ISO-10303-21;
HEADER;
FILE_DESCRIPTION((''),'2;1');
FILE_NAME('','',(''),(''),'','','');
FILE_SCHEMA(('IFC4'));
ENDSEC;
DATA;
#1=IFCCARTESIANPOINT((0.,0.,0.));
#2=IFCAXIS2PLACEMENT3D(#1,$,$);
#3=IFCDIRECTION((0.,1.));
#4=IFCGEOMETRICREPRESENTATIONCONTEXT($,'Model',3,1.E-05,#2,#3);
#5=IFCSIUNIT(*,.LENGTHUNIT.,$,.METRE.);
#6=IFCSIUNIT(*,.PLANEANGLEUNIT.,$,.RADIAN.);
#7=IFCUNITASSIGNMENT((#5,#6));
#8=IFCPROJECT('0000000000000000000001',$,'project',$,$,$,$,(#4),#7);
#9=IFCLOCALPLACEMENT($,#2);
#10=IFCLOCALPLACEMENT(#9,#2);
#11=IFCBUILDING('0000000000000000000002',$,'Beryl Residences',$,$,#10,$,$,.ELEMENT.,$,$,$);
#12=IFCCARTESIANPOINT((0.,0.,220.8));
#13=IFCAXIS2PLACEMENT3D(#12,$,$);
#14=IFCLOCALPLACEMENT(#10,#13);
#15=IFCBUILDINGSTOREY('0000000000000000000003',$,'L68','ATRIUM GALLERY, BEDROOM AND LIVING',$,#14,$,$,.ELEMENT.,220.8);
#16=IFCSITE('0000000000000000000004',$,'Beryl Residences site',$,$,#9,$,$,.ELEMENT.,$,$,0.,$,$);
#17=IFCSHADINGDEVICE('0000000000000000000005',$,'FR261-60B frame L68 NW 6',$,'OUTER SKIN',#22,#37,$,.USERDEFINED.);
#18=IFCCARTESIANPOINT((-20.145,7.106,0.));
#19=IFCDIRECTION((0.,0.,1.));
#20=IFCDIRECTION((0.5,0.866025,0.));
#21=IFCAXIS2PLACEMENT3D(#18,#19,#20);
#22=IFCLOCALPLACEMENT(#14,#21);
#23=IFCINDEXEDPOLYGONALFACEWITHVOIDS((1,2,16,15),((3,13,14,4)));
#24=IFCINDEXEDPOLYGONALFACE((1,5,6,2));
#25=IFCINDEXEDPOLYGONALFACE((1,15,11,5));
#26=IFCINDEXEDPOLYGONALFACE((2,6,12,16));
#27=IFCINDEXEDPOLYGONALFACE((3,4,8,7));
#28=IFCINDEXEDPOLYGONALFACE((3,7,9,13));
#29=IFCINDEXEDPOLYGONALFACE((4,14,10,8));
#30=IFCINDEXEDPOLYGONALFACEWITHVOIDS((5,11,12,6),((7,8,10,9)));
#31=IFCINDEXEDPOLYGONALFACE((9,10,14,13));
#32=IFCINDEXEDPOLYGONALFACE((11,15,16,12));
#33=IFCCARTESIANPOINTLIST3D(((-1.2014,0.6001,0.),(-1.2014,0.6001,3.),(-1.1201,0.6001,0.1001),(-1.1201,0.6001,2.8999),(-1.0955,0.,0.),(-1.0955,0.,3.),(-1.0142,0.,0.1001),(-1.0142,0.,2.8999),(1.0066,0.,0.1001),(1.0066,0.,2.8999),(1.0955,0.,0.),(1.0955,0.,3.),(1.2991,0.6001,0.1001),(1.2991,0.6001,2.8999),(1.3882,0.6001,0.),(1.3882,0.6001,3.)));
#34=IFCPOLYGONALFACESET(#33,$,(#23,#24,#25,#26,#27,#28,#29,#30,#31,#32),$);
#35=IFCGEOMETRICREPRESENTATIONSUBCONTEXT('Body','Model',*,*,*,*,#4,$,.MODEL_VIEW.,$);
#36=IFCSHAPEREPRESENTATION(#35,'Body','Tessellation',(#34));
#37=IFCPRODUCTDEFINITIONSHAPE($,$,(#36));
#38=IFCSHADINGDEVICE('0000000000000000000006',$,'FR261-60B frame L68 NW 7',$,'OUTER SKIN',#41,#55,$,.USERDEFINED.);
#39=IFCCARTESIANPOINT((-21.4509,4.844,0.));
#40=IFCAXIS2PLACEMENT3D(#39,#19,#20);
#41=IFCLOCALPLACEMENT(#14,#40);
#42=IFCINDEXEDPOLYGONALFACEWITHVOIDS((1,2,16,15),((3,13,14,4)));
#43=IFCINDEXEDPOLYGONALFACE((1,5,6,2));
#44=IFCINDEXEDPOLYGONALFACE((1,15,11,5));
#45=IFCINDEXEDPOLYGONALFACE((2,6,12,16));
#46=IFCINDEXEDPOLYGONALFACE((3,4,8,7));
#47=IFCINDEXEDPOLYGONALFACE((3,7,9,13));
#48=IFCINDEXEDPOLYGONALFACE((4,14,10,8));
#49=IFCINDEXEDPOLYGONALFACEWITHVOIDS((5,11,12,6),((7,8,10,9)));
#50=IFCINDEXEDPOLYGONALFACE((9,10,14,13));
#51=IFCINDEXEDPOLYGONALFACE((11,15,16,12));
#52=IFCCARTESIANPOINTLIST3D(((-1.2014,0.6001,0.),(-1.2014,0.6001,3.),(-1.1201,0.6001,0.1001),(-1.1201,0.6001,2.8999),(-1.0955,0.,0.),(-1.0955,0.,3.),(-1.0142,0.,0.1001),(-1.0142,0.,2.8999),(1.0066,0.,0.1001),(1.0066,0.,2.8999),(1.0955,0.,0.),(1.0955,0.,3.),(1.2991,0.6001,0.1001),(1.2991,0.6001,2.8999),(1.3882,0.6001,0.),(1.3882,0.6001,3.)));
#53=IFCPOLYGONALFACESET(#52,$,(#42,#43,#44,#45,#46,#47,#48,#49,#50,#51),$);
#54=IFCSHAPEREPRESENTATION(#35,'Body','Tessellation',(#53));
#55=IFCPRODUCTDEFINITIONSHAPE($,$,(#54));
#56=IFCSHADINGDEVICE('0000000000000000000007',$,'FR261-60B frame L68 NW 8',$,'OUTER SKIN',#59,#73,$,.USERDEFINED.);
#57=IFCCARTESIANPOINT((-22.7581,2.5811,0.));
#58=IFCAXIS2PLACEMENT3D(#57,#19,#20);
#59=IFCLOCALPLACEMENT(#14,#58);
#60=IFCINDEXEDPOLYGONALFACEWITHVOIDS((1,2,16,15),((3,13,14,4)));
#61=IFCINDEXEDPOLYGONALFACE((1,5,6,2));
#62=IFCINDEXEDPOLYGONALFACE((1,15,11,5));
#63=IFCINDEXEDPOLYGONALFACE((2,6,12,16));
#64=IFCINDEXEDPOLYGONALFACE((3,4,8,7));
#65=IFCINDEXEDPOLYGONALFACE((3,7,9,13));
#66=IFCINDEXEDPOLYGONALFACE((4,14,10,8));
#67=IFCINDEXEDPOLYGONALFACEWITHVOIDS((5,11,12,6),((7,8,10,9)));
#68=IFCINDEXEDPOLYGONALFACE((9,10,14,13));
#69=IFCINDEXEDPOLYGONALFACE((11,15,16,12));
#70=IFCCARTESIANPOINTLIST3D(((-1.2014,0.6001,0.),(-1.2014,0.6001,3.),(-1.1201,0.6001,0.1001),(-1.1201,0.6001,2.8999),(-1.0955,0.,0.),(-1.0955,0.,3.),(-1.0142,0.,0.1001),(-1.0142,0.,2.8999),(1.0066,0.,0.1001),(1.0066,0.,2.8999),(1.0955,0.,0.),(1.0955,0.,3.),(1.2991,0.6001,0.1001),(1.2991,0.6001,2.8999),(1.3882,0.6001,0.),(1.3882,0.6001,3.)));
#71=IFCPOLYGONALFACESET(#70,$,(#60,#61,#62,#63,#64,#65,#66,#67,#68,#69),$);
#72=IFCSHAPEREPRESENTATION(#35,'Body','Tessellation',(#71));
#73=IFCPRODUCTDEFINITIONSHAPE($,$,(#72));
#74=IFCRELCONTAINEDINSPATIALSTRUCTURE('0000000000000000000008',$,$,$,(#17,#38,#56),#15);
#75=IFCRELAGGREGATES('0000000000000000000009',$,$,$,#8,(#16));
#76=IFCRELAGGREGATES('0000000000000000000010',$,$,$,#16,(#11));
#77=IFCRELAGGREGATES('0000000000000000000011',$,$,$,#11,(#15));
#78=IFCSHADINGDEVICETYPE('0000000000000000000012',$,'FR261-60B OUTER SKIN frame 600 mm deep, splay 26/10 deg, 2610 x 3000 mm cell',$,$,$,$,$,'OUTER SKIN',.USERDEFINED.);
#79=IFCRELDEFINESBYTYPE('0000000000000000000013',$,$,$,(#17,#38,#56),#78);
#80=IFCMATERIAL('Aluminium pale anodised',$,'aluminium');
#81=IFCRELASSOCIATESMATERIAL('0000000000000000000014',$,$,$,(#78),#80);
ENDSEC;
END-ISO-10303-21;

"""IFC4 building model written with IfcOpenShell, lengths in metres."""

from ifc_helpers import new_model, entity, si_unit, direction, frame, origin, place, context, subcontext, project, spatial, source, transform, mapped, material, type_object, type_shapes, element, save


model = new_model("IFC4")

# Units and contexts
model_context = context("Model", 3, precision=1e-05, world=origin(), true_north=direction((0.0, 1.0)))
body_context = subcontext(model_context, "Body", "Model", "MODEL_VIEW")
ifc_project = project(units=[si_unit("LENGTHUNIT", "METRE"), si_unit("PLANEANGLEUNIT", "RADIAN")], contexts=[model_context])

# Site, building, storey
site_placement = place(None, origin())
site = spatial("IfcSite", under=ifc_project, at=site_placement, Name="Beryl Residences site", CompositionType="ELEMENT", RefElevation=0.0)
building_placement = place(site_placement, origin())
building = spatial("IfcBuilding", under=site, at=building_placement, Name="Beryl Residences", CompositionType="ELEMENT")
storey_placement = place(building_placement, frame((0.0, 0.0, 220.8)))
storey = spatial("IfcBuildingStorey", under=building, at=storey_placement, Name="L68", Description="ATRIUM GALLERY, BEDROOM AND LIVING", CompositionType="ELEMENT", Elevation=220.8)

# Shading devices
ifc_material_1 = material(Name="Aluminium pale anodised", Category="aluminium")
shading_device_type = type_object("IfcShadingDeviceType", Name="FR261-60B OUTER SKIN frame 600 mm deep, splay 26/10 deg, 2610 x 3000 mm cell", ElementType="OUTER SKIN", PredefinedType="USERDEFINED", material=ifc_material_1)
cartesian_point_1 = entity("IfcCartesianPoint", [-1.0955, 0.0])
cartesian_point_2 = entity("IfcCartesianPoint", [-1.0066, 0.1001])
cartesian_point_3 = entity("IfcCartesianPoint", [-1.3882, 0.0])
cartesian_point_4 = entity("IfcCartesianPoint", [-1.2991, 0.1001])
shared_shape = source(origin(), body_context, "Body", "SweptSolid", [
    entity("IfcExtrudedAreaSolidTapered", entity("IfcArbitraryProfileDefWithVoids", "AREA", None, entity("IfcPolyline", [cartesian_point_1, entity("IfcCartesianPoint", [1.0955, 0.0]), entity("IfcCartesianPoint", [1.0955, 3.0]), entity("IfcCartesianPoint", [-1.0955, 3.0]), cartesian_point_1]), [entity("IfcPolyline", [cartesian_point_2, entity("IfcCartesianPoint", [1.0142, 0.1001]), entity("IfcCartesianPoint", [1.0142, 2.8999]), entity("IfcCartesianPoint", [-1.0066, 2.8999]), cartesian_point_2])]), entity("IfcAxis2Placement3D", entity("IfcCartesianPoint", [0.0, 0.0, 0.0]), entity("IfcDirection", [0.0, 1.0, 0.0]), entity("IfcDirection", [-1.0, 0.0, 0.0])), entity("IfcDirection", [0.0, 0.0, 1.0]), 0.6001, entity("IfcArbitraryProfileDefWithVoids", "AREA", None, entity("IfcPolyline", [cartesian_point_3, entity("IfcCartesianPoint", [1.2014, 0.0]), entity("IfcCartesianPoint", [1.2014, 3.0]), entity("IfcCartesianPoint", [-1.3882, 3.0]), cartesian_point_3]), [entity("IfcPolyline", [cartesian_point_4, entity("IfcCartesianPoint", [1.1201, 0.1001]), entity("IfcCartesianPoint", [1.1201, 2.8999]), entity("IfcCartesianPoint", [-1.2991, 2.8999]), cartesian_point_4])])),
])
type_shapes(shading_device_type, [shared_shape])
for number, where, z_axis, x_axis, name in (
    (1, (-20.145, 7.106, 0.0), (0.0, 0.0, 1.0), (0.5, 0.866025, 0.0), "FR261-60B frame L68 NW 6"),
    (2, (-21.4509, 4.844, 0.0), (0.0, 0.0, 1.0), (0.5, 0.866025, 0.0), "FR261-60B frame L68 NW 7"),
    (3, (-22.7581, 2.5811, 0.0), (0.0, 0.0, 1.0), (0.5, 0.866025, 0.0), "FR261-60B frame L68 NW 8"),
):
    element("IfcShadingDevice", number, at=place(storey_placement, frame(where, z_axis=z_axis, x_axis=x_axis)), inside=storey, type_object=shading_device_type, Name=name, ObjectType="OUTER SKIN", PredefinedType="USERDEFINED", context=body_context, shape_type="MappedRepresentation", body=[
        mapped(shared_shape, transform((0.0, 0.0, 0.0))),
    ])

save(model, "model.ifc")
